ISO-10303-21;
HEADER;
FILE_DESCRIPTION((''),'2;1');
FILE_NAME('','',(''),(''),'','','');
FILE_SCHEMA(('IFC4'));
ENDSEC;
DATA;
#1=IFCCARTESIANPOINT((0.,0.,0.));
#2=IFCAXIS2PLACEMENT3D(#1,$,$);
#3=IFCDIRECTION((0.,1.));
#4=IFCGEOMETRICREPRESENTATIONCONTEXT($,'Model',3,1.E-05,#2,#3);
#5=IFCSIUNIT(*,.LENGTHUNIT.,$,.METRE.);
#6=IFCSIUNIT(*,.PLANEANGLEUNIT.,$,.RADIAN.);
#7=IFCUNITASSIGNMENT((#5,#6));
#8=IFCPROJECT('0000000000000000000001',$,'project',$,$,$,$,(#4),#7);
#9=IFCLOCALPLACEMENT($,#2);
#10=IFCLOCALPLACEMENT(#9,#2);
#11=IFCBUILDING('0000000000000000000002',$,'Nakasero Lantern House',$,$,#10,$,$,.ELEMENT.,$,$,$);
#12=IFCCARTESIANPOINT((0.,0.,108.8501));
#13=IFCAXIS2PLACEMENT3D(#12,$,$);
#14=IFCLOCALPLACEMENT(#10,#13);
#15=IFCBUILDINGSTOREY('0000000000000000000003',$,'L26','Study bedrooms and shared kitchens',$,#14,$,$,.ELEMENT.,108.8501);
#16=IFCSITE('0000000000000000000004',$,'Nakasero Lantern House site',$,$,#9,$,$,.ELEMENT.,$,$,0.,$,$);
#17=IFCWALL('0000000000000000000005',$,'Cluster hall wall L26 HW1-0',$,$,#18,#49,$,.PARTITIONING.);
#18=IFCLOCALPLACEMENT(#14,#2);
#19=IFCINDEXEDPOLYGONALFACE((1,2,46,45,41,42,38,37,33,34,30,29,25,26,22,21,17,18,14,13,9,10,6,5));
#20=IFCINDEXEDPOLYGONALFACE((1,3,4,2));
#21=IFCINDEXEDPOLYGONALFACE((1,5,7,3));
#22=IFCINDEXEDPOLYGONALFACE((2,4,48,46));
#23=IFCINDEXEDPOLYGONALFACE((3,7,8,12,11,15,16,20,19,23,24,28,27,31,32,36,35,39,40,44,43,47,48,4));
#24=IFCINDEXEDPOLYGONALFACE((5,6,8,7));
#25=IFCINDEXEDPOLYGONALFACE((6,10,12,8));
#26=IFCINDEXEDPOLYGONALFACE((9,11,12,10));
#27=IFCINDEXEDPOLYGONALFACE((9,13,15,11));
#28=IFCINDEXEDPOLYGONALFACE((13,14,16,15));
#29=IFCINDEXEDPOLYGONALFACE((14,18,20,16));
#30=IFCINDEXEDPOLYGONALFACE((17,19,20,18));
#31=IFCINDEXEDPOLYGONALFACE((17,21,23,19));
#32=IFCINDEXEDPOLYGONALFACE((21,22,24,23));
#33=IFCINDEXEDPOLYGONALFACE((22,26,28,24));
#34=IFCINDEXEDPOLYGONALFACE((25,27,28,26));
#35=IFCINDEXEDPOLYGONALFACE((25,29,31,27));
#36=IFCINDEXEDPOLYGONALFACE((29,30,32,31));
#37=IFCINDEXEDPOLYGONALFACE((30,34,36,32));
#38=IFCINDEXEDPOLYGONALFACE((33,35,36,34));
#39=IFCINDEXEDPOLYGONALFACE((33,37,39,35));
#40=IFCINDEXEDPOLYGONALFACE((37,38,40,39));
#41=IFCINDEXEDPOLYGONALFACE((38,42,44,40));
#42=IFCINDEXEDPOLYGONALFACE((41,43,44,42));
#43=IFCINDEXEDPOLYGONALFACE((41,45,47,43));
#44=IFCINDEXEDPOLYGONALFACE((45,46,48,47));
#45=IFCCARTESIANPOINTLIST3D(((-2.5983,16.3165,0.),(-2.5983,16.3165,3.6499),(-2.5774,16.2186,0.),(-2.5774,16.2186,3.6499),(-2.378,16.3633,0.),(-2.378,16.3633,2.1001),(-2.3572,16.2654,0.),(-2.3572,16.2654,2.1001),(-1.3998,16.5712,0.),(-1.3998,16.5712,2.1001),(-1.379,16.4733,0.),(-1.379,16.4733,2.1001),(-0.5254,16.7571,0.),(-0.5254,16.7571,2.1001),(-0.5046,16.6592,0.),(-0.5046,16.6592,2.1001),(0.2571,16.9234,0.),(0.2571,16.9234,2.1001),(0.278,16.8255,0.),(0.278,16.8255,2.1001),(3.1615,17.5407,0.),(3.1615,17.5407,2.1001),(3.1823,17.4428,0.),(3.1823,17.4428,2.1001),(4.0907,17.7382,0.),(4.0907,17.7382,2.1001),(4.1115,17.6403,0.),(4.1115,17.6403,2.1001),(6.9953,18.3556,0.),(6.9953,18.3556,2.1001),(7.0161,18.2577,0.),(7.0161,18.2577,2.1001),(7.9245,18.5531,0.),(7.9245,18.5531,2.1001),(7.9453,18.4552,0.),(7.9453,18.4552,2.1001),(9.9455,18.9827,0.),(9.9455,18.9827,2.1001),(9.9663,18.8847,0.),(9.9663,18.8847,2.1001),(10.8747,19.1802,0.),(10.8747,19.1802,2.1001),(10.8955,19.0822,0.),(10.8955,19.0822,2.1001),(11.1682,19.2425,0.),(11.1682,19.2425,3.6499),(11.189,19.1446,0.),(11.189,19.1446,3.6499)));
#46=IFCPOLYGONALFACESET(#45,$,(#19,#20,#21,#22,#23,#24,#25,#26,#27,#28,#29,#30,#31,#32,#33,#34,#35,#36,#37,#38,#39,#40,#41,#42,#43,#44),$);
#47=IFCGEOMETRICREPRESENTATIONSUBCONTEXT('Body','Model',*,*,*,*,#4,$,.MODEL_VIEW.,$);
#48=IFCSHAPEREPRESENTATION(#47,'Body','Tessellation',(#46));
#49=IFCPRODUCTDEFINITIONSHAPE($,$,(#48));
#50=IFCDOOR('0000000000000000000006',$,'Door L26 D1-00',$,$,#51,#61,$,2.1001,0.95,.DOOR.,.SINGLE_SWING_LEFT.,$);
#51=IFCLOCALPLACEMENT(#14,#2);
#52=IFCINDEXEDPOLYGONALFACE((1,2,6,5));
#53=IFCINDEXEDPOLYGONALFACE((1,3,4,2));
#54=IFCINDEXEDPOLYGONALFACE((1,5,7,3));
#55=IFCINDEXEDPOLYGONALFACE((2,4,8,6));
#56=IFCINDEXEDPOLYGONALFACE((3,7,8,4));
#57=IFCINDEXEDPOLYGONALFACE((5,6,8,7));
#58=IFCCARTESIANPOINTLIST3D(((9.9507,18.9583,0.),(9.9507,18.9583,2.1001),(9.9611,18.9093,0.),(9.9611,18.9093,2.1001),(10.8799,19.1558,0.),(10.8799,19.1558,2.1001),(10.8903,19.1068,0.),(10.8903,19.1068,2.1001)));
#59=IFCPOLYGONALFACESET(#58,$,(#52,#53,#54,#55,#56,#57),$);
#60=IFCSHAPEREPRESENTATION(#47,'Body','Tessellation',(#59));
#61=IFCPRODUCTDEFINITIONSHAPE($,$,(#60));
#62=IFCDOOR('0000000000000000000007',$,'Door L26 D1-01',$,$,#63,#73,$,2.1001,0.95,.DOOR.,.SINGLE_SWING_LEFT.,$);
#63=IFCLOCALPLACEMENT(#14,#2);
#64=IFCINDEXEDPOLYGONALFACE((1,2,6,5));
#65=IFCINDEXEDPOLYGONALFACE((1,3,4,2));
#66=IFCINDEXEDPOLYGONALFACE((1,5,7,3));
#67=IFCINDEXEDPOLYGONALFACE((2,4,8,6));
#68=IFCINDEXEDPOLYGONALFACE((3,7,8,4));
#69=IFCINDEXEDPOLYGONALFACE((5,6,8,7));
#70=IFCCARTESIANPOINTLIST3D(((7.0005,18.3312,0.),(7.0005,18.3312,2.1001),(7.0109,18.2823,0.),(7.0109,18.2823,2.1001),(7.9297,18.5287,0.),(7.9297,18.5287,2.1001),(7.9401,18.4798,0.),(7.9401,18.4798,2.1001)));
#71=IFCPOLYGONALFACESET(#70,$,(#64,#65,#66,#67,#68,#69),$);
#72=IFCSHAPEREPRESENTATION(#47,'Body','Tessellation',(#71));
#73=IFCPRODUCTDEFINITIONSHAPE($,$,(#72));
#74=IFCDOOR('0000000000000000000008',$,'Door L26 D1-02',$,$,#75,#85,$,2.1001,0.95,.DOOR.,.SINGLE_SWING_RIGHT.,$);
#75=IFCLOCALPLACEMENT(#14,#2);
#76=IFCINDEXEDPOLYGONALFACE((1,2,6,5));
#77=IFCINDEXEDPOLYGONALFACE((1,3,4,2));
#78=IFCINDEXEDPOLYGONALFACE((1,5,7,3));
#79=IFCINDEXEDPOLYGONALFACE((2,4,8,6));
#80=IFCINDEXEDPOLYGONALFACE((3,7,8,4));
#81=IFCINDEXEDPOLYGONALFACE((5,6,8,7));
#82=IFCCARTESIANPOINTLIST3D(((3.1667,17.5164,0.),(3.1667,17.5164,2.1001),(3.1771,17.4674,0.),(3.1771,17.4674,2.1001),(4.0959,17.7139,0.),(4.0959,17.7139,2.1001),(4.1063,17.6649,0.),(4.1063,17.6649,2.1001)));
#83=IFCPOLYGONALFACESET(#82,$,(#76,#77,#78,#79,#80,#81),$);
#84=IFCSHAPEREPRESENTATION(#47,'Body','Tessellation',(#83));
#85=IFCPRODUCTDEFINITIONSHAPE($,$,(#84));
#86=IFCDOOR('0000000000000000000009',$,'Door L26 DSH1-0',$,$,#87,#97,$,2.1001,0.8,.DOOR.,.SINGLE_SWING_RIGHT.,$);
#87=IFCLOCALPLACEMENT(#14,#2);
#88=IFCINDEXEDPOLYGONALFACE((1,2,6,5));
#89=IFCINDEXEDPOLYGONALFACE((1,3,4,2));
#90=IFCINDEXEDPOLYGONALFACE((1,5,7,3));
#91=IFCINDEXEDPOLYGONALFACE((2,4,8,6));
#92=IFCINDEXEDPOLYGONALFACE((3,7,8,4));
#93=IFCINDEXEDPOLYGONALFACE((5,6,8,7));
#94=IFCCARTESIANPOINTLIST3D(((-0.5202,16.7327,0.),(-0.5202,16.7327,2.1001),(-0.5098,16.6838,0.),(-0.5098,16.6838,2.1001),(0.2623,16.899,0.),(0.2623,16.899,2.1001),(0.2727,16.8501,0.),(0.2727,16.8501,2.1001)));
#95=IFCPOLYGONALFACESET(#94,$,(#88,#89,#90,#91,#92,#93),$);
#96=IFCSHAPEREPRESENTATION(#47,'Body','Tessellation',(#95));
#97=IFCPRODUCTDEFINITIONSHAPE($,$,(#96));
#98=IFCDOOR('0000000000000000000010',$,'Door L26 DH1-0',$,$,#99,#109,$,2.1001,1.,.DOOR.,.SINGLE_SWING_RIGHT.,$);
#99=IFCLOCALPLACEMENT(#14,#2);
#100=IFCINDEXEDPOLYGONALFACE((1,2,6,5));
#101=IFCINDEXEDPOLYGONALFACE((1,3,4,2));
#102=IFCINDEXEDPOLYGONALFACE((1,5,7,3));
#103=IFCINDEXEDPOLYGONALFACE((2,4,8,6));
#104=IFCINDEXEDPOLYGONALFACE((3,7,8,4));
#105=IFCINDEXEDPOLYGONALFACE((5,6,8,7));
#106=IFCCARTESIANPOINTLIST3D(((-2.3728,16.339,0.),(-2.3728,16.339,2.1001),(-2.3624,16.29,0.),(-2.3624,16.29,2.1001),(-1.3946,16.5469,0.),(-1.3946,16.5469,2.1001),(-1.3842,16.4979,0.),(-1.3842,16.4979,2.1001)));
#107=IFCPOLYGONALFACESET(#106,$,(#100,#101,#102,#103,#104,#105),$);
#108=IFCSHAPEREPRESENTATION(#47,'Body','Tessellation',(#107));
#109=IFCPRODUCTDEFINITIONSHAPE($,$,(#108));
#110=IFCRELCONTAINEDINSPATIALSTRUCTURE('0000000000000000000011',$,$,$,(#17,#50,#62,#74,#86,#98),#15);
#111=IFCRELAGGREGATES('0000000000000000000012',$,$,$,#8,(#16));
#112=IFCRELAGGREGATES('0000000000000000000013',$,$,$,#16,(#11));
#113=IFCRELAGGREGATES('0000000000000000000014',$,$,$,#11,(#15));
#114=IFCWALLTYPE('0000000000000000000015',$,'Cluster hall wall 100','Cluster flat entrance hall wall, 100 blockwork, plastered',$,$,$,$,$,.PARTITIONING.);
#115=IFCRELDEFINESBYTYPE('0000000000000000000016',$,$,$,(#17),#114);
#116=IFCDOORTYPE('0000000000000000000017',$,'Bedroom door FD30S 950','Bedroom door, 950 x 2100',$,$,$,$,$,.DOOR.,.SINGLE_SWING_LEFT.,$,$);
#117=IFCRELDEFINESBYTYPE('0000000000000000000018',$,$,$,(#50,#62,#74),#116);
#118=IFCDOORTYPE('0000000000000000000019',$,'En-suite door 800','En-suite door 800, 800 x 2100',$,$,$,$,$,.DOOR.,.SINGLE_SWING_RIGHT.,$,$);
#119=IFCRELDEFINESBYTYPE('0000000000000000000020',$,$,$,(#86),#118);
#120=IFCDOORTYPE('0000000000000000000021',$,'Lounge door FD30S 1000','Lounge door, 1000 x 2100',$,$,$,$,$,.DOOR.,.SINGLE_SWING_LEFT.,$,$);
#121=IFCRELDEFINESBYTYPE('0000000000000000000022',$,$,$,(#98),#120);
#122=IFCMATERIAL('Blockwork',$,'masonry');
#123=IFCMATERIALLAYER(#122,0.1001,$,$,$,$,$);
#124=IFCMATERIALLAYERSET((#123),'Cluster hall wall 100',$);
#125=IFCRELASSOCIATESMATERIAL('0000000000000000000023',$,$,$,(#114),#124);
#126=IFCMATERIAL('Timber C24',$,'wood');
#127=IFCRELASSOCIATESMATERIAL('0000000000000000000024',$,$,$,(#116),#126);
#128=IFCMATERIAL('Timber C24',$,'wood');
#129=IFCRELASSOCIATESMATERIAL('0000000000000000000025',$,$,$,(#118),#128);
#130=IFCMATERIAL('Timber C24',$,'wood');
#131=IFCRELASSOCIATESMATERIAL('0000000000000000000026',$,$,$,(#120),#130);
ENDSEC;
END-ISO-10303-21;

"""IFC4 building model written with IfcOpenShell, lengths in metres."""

from ifc_helpers import new_model, si_unit, direction, frame, frame_2d, origin, place, context, subcontext, project, spatial, rectangle, extrude, material, layer, layer_set, type_object, element, fill, save


model = new_model("IFC4")

# Units and contexts
model_context = context("Model", 3, precision=1e-05, world=origin(), true_north=direction((0.0, 1.0)))
body_context = subcontext(model_context, "Body", "Model", "MODEL_VIEW")
ifc_project = project(units=[si_unit("LENGTHUNIT", "METRE"), si_unit("PLANEANGLEUNIT", "RADIAN")], contexts=[model_context])

# Site, building, storey
site_placement = place(None, origin())
site = spatial("IfcSite", under=ifc_project, at=site_placement, Name="Nakasero Lantern House site", CompositionType="ELEMENT", RefElevation=0.0)
building_placement = place(site_placement, origin())
building = spatial("IfcBuilding", under=site, at=building_placement, Name="Nakasero Lantern House", CompositionType="ELEMENT")
storey_placement = place(building_placement, frame((0.0, 0.0, 108.8501)))
storey = spatial("IfcBuildingStorey", under=building, at=storey_placement, Name="L26", Description="Study bedrooms and shared kitchens", CompositionType="ELEMENT", Elevation=108.8501)

# Wall, openings, doors
ifc_material_1 = material(Name="Blockwork", Category="masonry")
ifc_layer_1 = layer(ifc_material_1, 0.1001)
ifc_layer_set_1 = layer_set([ifc_layer_1], Name="Cluster hall wall 100")
wall_type_1 = type_object("IfcWallType", Name="Cluster hall wall 100", Description="Cluster flat entrance hall wall, 100 blockwork, plastered", PredefinedType="PARTITIONING", material=ifc_layer_set_1)
wall_1_placement = place(storey_placement, frame((11.1787, 19.1936, 0.0), z_axis=(0.0, 0.0, 1.0), x_axis=(-0.978149, -0.207905, 0.0)))
wall_1 = element("IfcWall", 1, at=wall_1_placement, inside=storey, type_object=wall_type_1, Name="Cluster hall wall L26 HW1-0", PredefinedType="PARTITIONING", context=body_context, shape_type="SweptSolid", body=[
    extrude(rectangle(XDim=14.074, YDim=0.1001, at=frame_2d((7.0371, 0.0))), origin(), (0.0, 0.0, 1.0), 3.6499),
])
opening_1_placement = place(wall_1_placement, frame((12.8489, 0.0, 0.0)))
opening_1 = element("IfcOpeningElement", 2, at=opening_1_placement, cuts=wall_1, PredefinedType="OPENING", context=body_context, shape_type="SweptSolid", body=[
    extrude(rectangle(XDim=1.0, YDim=2.1001, at=frame_2d((0.5, 1.05))), frame((0.0, 0.0701, 0.0), z_axis=(0.0, -1.0, 0.0), x_axis=(1.0, 0.0, 0.0)), (0.0, 0.0, 1.0), 0.1401),
])
opening_2_placement = place(wall_1_placement, frame((11.155, 0.0, 0.0)))
opening_2 = element("IfcOpeningElement", 3, at=opening_2_placement, cuts=wall_1, PredefinedType="OPENING", context=body_context, shape_type="SweptSolid", body=[
    extrude(rectangle(XDim=0.8, YDim=2.1001, at=frame_2d((0.3999, 1.05))), frame((0.0, 0.0701, 0.0), z_axis=(0.0, -1.0, 0.0), x_axis=(1.0, 0.0, 0.0)), (0.0, 0.0, 1.0), 0.1401),
])
opening_3_placement = place(wall_1_placement, frame((0.3, 0.0, 0.0)))
opening_3 = element("IfcOpeningElement", 4, at=opening_3_placement, cuts=wall_1, PredefinedType="OPENING", context=body_context, shape_type="SweptSolid", body=[
    extrude(rectangle(XDim=0.95, YDim=2.1001, at=frame_2d((0.4751, 1.05))), frame((0.0, 0.0701, 0.0), z_axis=(0.0, -1.0, 0.0), x_axis=(1.0, 0.0, 0.0)), (0.0, 0.0, 1.0), 0.1401),
])
opening_4_placement = place(wall_1_placement, frame((3.3162, 0.0, 0.0)))
opening_4 = element("IfcOpeningElement", 5, at=opening_4_placement, cuts=wall_1, PredefinedType="OPENING", context=body_context, shape_type="SweptSolid", body=[
    extrude(rectangle(XDim=0.95, YDim=2.1001, at=frame_2d((0.4751, 1.05))), frame((0.0, 0.0701, 0.0), z_axis=(0.0, -1.0, 0.0), x_axis=(1.0, 0.0, 0.0)), (0.0, 0.0, 1.0), 0.1401),
])
opening_5_placement = place(wall_1_placement, frame((7.2356, 0.0, 0.0)))
opening_5 = element("IfcOpeningElement", 6, at=opening_5_placement, cuts=wall_1, PredefinedType="OPENING", context=body_context, shape_type="SweptSolid", body=[
    extrude(rectangle(XDim=0.95, YDim=2.1001, at=frame_2d((0.4751, 1.05))), frame((0.0, 0.0701, 0.0), z_axis=(0.0, -1.0, 0.0), x_axis=(1.0, 0.0, 0.0)), (0.0, 0.0, 1.0), 0.1401),
])
ifc_material_2 = material(Name="Timber C24", Category="wood")
door_type_1 = type_object("IfcDoorType", Name="Bedroom door FD30S 950", Description="Bedroom door, 950 x 2100", OperationType="SINGLE_SWING_LEFT", PredefinedType="DOOR", material=ifc_material_2)
door_1_placement = place(opening_3_placement, origin())
door_1 = element("IfcDoor", 7, at=door_1_placement, inside=storey, type_object=door_type_1, Name="Door L26 D1-00", OperationType="SINGLE_SWING_LEFT", OverallHeight=2.1001, OverallWidth=0.95, PredefinedType="DOOR", context=body_context, shape_type="SweptSolid", body=[
    extrude(rectangle(XDim=0.95, YDim=2.1001, at=frame_2d((0.4751, 1.05))), frame((0.0, 0.0249, 0.0), z_axis=(0.0, -1.0, 0.0), x_axis=(1.0, 0.0, 0.0)), (0.0, 0.0, 1.0), 0.05),
])
fill(opening_3, door_1)
door_2_placement = place(opening_4_placement, origin())
door_2 = element("IfcDoor", 8, at=door_2_placement, inside=storey, type_object=door_type_1, Name="Door L26 D1-01", OperationType="SINGLE_SWING_LEFT", OverallHeight=2.1001, OverallWidth=0.95, PredefinedType="DOOR", context=body_context, shape_type="SweptSolid", body=[
    extrude(rectangle(XDim=0.95, YDim=2.1001, at=frame_2d((0.4751, 1.05))), frame((0.0, 0.0249, 0.0), z_axis=(0.0, -1.0, 0.0), x_axis=(1.0, 0.0, 0.0)), (0.0, 0.0, 1.0), 0.05),
])
fill(opening_4, door_2)
door_3_placement = place(opening_5_placement, origin())
door_3 = element("IfcDoor", 9, at=door_3_placement, inside=storey, type_object=door_type_1, Name="Door L26 D1-02", OperationType="SINGLE_SWING_RIGHT", OverallHeight=2.1001, OverallWidth=0.95, PredefinedType="DOOR", context=body_context, shape_type="SweptSolid", body=[
    extrude(rectangle(XDim=0.95, YDim=2.1001, at=frame_2d((0.4751, 1.05))), frame((0.0, 0.0249, 0.0), z_axis=(0.0, -1.0, 0.0), x_axis=(1.0, 0.0, 0.0)), (0.0, 0.0, 1.0), 0.05),
])
fill(opening_5, door_3)
ifc_material_3 = material(Name="Timber C24", Category="wood")
door_type_2 = type_object("IfcDoorType", Name="En-suite door 800", Description="En-suite door 800, 800 x 2100", OperationType="SINGLE_SWING_RIGHT", PredefinedType="DOOR", material=ifc_material_3)
door_4_placement = place(opening_2_placement, origin())
door_4 = element("IfcDoor", 10, at=door_4_placement, inside=storey, type_object=door_type_2, Name="Door L26 DSH1-0", OperationType="SINGLE_SWING_RIGHT", OverallHeight=2.1001, OverallWidth=0.8, PredefinedType="DOOR", context=body_context, shape_type="SweptSolid", body=[
    extrude(rectangle(XDim=0.8, YDim=2.1001, at=frame_2d((0.3999, 1.05))), frame((0.0, 0.0249, 0.0), z_axis=(0.0, -1.0, 0.0), x_axis=(1.0, 0.0, 0.0)), (0.0, 0.0, 1.0), 0.05),
])
fill(opening_2, door_4)
ifc_material_4 = material(Name="Timber C24", Category="wood")
door_type_3 = type_object("IfcDoorType", Name="Lounge door FD30S 1000", Description="Lounge door, 1000 x 2100", OperationType="SINGLE_SWING_LEFT", PredefinedType="DOOR", material=ifc_material_4)
door_5_placement = place(opening_1_placement, origin())
door_5 = element("IfcDoor", 11, at=door_5_placement, inside=storey, type_object=door_type_3, Name="Door L26 DH1-0", OperationType="SINGLE_SWING_RIGHT", OverallHeight=2.1001, OverallWidth=1.0, PredefinedType="DOOR", context=body_context, shape_type="SweptSolid", body=[
    extrude(rectangle(XDim=1.0, YDim=2.1001, at=frame_2d((0.5, 1.05))), frame((0.0, 0.0249, 0.0), z_axis=(0.0, -1.0, 0.0), x_axis=(1.0, 0.0, 0.0)), (0.0, 0.0, 1.0), 0.05),
])
fill(opening_1, door_5)

save(model, "model.ifc")
